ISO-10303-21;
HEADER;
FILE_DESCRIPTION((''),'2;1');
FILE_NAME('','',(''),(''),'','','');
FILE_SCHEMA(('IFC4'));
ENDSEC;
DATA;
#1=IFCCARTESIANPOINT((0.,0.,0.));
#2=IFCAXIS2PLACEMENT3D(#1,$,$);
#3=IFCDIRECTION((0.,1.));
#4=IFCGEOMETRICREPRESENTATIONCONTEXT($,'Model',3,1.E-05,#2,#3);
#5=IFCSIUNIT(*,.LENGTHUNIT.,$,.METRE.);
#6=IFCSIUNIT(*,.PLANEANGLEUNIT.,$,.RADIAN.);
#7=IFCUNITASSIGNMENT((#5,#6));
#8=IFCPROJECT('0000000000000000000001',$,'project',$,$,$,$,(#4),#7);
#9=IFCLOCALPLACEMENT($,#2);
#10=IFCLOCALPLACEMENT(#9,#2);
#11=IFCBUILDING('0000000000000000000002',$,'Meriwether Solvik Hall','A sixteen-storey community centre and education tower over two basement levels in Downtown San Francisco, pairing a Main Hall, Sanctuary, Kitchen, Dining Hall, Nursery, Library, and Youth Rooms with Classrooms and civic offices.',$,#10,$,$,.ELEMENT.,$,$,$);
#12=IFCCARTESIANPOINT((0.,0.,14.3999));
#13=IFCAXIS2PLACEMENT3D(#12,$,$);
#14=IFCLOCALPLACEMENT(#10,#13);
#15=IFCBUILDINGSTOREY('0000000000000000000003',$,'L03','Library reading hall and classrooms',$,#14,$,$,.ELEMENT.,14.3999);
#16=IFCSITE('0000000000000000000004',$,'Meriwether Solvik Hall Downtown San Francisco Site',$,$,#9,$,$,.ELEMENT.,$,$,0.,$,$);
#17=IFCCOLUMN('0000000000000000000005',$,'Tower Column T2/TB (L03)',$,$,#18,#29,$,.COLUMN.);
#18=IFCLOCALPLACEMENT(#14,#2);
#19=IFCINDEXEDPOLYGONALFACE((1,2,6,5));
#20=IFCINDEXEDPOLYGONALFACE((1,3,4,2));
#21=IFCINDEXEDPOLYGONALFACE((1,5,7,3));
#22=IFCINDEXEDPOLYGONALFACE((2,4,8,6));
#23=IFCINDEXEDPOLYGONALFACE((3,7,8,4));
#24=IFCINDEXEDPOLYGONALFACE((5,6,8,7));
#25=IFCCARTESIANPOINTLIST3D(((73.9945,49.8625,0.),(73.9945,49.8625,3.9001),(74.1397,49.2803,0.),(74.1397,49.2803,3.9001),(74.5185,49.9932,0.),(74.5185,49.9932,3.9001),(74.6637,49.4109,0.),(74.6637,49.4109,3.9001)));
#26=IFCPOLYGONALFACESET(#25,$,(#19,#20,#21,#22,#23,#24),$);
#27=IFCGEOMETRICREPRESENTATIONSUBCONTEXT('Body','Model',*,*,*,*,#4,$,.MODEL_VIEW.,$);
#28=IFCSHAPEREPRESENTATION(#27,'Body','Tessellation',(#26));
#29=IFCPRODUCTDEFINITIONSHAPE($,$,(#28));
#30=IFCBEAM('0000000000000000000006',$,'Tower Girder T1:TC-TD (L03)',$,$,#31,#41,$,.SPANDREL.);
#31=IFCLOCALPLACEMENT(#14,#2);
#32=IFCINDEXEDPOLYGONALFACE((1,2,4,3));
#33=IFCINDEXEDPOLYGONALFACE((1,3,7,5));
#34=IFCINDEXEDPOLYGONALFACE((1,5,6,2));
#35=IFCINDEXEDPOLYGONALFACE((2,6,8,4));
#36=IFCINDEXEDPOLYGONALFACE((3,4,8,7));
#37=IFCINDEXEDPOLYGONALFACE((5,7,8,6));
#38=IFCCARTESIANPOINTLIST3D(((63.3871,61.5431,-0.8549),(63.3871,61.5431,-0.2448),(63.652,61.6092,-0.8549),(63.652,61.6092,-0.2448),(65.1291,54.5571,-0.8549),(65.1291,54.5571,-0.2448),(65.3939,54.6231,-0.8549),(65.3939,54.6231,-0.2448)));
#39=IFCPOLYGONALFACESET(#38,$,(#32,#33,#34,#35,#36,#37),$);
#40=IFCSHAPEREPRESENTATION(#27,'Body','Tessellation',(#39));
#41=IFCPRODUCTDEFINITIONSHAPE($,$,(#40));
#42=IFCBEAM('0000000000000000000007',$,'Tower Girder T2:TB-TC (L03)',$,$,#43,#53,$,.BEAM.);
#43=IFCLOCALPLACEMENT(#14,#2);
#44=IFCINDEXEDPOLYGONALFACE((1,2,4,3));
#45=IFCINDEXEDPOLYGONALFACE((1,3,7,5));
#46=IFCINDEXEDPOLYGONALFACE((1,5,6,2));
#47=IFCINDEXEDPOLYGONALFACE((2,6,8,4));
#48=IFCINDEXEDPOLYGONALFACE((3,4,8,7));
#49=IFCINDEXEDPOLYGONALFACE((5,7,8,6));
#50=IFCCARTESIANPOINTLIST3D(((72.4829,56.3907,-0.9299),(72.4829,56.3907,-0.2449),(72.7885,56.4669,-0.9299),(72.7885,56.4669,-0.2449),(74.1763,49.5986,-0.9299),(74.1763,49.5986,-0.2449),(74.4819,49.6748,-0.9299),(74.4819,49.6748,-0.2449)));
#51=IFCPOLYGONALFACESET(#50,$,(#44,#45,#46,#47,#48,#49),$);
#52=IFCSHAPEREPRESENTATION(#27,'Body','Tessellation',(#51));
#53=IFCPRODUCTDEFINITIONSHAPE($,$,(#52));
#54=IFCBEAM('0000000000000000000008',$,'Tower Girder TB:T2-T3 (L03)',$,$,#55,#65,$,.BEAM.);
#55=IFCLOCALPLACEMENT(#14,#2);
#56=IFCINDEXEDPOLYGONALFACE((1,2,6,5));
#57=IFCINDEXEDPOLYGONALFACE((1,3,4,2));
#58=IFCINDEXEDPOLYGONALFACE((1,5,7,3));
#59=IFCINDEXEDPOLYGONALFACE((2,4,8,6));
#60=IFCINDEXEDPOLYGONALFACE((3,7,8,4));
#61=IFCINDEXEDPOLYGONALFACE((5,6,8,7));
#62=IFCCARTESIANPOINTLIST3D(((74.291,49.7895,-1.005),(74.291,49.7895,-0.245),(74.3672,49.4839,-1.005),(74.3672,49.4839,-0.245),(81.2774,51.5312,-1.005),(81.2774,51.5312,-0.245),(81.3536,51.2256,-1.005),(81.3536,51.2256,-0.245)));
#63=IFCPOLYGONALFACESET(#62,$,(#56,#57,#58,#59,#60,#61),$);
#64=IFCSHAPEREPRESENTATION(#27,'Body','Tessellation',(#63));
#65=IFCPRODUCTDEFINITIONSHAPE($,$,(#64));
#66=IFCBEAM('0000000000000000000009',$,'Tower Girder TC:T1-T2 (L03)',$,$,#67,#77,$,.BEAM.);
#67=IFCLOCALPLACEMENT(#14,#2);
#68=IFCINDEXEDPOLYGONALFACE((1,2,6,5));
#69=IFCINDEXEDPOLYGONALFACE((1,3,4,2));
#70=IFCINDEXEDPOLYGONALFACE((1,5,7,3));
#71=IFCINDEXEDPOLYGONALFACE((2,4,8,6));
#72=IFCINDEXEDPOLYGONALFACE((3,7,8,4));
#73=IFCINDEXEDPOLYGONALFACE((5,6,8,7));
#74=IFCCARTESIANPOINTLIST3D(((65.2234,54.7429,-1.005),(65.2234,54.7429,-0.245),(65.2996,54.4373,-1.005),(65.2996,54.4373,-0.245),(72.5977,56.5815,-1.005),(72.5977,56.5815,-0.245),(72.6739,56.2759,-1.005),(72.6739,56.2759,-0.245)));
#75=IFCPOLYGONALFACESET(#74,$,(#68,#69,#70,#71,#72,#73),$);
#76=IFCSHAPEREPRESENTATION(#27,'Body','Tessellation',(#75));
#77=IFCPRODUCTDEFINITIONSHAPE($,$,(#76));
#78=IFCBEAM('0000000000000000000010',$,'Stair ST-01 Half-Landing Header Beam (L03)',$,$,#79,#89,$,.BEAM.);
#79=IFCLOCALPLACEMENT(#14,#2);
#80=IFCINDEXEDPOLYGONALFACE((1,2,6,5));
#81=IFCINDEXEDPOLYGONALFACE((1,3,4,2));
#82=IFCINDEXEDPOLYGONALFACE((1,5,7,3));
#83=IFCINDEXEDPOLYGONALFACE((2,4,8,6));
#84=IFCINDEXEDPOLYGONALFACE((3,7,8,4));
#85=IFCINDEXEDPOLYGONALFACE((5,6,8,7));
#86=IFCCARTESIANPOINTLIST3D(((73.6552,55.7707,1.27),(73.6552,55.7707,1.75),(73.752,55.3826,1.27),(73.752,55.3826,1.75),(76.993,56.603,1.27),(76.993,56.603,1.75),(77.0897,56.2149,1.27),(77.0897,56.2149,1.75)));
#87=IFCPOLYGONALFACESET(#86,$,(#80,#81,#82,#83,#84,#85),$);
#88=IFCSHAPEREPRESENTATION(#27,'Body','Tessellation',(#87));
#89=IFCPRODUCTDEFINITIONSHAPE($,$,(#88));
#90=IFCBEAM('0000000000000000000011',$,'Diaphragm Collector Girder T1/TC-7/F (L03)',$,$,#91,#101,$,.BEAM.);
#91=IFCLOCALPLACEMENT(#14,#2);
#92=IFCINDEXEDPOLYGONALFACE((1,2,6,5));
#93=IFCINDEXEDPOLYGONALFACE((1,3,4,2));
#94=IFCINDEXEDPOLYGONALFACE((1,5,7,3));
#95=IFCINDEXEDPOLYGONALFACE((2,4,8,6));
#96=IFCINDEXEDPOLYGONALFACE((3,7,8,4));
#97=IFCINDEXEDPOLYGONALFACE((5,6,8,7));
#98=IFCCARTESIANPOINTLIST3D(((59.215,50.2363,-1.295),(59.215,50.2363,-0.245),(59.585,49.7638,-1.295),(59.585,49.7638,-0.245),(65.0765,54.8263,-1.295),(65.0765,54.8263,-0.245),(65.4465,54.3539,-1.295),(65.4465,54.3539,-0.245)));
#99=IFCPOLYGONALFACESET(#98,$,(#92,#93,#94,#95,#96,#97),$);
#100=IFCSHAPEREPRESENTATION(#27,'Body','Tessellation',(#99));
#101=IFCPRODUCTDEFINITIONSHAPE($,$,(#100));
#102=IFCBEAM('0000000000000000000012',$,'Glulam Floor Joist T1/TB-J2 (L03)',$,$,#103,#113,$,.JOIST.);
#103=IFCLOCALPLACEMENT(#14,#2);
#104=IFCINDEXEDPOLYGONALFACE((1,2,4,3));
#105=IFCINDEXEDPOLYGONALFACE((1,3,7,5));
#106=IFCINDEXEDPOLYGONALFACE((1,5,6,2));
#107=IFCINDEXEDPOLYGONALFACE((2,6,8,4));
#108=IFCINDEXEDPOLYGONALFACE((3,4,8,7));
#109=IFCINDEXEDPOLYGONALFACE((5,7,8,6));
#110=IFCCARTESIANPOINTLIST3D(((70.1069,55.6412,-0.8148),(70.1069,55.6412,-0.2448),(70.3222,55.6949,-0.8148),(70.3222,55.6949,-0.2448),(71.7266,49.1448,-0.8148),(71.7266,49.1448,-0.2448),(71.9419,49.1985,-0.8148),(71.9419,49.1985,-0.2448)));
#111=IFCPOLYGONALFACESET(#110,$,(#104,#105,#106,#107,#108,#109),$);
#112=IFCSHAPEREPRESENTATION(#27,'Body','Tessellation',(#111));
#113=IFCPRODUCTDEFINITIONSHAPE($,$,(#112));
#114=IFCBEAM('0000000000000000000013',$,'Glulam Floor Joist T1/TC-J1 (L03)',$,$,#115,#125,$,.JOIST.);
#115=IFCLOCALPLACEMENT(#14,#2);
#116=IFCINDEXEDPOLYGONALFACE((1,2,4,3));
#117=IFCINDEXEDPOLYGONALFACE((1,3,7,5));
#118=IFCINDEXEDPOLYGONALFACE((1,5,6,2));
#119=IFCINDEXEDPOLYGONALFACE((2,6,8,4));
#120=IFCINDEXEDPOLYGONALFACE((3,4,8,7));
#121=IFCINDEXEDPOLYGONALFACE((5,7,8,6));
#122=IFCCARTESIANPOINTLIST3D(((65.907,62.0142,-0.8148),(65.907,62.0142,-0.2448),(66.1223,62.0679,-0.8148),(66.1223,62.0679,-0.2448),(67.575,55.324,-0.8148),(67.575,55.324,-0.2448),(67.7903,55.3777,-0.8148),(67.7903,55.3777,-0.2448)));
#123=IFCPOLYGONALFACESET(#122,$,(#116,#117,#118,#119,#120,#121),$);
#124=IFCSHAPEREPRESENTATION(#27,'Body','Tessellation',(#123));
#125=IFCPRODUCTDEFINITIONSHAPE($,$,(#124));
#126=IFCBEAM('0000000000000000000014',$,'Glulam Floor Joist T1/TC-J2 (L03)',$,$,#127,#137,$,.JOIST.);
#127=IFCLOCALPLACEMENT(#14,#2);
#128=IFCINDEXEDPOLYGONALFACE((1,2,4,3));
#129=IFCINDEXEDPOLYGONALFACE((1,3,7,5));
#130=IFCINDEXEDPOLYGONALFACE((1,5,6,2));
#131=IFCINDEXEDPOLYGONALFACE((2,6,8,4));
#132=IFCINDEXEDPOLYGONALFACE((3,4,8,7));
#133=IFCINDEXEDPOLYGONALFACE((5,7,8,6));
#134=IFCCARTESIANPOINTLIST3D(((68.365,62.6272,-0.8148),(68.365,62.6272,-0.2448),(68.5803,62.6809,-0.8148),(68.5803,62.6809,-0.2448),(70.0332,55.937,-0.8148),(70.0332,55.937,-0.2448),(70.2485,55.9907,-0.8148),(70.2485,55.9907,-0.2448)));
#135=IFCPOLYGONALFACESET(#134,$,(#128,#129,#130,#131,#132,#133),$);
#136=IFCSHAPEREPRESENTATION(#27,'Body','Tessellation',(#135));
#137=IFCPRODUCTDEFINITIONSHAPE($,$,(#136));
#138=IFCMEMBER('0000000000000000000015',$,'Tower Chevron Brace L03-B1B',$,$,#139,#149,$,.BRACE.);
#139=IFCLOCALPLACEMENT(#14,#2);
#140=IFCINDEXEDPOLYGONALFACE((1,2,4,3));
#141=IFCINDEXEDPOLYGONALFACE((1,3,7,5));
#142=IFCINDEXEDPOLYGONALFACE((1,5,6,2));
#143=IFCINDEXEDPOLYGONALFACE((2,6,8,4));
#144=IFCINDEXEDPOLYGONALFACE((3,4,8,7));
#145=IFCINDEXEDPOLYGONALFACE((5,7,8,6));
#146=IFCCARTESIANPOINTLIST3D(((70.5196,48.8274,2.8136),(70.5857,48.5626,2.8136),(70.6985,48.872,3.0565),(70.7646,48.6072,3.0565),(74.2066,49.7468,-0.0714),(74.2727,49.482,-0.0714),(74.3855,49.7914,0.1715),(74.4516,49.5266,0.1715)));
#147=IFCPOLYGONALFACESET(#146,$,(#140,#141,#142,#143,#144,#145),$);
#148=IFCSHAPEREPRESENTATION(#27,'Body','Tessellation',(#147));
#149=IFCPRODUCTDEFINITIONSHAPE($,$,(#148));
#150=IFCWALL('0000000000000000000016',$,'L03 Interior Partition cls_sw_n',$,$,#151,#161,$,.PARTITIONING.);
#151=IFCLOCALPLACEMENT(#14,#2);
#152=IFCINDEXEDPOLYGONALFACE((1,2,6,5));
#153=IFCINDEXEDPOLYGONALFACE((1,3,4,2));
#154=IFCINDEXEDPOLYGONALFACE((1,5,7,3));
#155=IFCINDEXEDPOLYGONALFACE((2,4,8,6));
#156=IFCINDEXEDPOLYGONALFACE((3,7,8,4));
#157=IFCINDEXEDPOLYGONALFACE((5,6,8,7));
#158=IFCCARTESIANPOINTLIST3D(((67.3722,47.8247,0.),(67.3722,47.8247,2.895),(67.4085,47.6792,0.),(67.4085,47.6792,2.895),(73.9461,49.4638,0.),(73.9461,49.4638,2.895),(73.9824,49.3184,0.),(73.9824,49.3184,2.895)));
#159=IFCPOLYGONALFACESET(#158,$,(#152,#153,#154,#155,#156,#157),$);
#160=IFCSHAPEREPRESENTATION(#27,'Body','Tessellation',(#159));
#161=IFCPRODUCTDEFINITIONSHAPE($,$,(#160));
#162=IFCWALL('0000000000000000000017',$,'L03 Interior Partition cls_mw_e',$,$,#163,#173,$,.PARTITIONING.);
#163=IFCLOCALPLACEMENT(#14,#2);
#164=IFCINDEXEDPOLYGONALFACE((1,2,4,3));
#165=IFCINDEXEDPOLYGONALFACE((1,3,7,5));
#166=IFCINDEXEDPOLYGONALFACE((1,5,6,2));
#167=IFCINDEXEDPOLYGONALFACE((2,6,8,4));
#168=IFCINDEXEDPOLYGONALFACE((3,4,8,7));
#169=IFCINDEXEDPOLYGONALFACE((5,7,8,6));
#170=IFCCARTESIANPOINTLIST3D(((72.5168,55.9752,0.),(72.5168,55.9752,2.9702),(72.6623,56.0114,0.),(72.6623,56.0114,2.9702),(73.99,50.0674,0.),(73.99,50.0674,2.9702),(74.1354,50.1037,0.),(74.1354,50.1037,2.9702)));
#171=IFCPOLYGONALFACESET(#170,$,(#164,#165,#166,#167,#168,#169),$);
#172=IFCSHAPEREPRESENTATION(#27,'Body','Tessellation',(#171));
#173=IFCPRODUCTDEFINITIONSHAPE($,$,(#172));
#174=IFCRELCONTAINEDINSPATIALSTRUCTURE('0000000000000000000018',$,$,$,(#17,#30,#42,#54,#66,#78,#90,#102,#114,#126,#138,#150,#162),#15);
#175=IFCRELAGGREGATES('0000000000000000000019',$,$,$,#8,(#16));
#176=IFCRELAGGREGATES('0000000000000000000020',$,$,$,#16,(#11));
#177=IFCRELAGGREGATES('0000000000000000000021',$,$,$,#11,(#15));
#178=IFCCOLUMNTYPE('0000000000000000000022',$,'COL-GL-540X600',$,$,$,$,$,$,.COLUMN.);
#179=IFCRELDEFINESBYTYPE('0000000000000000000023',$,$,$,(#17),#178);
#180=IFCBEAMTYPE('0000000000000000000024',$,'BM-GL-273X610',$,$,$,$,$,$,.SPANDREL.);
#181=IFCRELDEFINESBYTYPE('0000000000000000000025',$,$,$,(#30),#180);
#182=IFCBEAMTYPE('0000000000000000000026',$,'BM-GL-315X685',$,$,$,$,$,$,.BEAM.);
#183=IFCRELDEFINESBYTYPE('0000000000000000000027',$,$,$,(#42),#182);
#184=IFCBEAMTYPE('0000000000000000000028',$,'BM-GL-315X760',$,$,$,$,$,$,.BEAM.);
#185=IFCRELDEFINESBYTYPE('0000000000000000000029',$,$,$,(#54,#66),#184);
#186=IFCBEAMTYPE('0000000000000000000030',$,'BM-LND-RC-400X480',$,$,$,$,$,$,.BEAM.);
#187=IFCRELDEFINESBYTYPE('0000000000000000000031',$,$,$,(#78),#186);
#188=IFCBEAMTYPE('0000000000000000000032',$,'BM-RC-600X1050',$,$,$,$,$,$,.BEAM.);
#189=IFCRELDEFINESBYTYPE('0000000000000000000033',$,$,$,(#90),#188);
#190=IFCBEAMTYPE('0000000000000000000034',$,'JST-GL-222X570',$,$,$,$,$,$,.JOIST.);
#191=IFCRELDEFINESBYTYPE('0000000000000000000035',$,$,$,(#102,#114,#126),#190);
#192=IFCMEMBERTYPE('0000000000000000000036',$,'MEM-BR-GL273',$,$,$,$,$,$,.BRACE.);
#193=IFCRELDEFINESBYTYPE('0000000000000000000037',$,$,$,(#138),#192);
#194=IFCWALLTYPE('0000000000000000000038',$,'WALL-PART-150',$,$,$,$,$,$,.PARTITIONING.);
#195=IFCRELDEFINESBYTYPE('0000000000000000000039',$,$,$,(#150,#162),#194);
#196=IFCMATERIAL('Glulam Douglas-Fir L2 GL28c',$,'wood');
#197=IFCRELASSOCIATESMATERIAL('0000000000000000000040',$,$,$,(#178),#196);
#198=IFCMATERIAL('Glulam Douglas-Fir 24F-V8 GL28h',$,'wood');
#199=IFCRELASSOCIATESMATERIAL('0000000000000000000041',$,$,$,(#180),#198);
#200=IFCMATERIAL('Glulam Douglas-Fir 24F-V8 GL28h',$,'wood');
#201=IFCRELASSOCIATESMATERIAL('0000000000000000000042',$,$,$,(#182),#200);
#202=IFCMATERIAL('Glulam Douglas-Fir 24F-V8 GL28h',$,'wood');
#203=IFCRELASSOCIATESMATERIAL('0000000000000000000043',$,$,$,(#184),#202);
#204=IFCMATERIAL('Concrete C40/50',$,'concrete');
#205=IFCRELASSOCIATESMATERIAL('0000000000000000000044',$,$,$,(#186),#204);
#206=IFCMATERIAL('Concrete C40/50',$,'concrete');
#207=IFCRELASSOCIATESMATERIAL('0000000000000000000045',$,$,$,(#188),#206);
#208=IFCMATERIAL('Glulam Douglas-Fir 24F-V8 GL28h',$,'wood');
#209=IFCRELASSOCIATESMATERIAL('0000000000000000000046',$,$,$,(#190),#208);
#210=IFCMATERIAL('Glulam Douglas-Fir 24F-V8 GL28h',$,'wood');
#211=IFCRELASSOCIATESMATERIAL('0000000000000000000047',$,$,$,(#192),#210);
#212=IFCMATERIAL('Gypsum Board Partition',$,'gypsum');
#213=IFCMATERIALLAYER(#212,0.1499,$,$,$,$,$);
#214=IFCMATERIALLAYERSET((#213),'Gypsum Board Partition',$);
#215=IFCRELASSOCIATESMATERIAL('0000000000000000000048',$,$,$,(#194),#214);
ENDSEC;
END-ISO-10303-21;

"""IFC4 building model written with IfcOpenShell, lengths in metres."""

from ifc_helpers import new_model, si_unit, direction, frame, frame_2d, origin, origin_2d, place, context, subcontext, project, spatial, rectangle, extrude, material, layer, layer_set, material_profile, profile_set, type_object, element, save


model = new_model("IFC4")

# Units and contexts
model_context = context("Model", 3, precision=1e-05, world=origin(), true_north=direction((0.0, 1.0)))
body_context = subcontext(model_context, "Body", "Model", "MODEL_VIEW")
ifc_project = project(units=[si_unit("LENGTHUNIT", "METRE"), si_unit("PLANEANGLEUNIT", "RADIAN")], contexts=[model_context])

# Site, building, storey
site_placement = place(None, origin())
site = spatial("IfcSite", under=ifc_project, at=site_placement, Name="Meriwether Solvik Hall Downtown San Francisco Site", CompositionType="ELEMENT", RefElevation=0.0)
building_placement = place(site_placement, origin())
building = spatial("IfcBuilding", under=site, at=building_placement, Name="Meriwether Solvik Hall", Description="A sixteen-storey community centre and education tower over two basement levels in Downtown San Francisco, pairing a Main Hall, Sanctuary, Kitchen, Dining Hall, Nursery, Library, and Youth Rooms with Classrooms and civic offices.", CompositionType="ELEMENT")
storey_placement = place(building_placement, frame((0.0, 0.0, 14.3999)))
storey = spatial("IfcBuildingStorey", under=building, at=storey_placement, Name="L03", Description="Library reading hall and classrooms", CompositionType="ELEMENT", Elevation=14.3999)

# Column
ifc_material_1 = material(Name="Glulam Douglas-Fir L2 GL28c", Category="wood")
ifc_material_profile_1 = material_profile(ifc_material_1, rectangle(XDim=0.54, YDim=0.6001, at=origin_2d()), Name="GLC-540X600")
ifc_profile_set_1 = profile_set([ifc_material_profile_1], Name="Glulam Douglas-Fir L2 GL28c")
column_type = type_object("IfcColumnType", Name="COL-GL-540X600", PredefinedType="COLUMN", material=ifc_profile_set_1)
column_placement = place(storey_placement, frame((74.3291, 49.6367, 0.0), z_axis=(0.0, 0.0, 1.0), x_axis=(0.970296, 0.241922, 0.0)))
element("IfcColumn", 1, at=column_placement, inside=storey, type_object=column_type, Name="Tower Column T2/TB (L03)", PredefinedType="COLUMN", context=body_context, shape_type="SweptSolid", body=[
    extrude(rectangle(XDim=0.54, YDim=0.6001, at=origin_2d()), origin(), (0.0, 0.0, 1.0), 3.9001),
])

# Beams
ifc_material_2 = material(Name="Glulam Douglas-Fir 24F-V8 GL28h", Category="wood")
ifc_material_profile_2 = material_profile(ifc_material_2, rectangle(XDim=0.2729, YDim=0.6101, at=origin_2d()), Name="GLB-273X610")
ifc_profile_set_2 = profile_set([ifc_material_profile_2], Name="Glulam Douglas-Fir 24F-V8 GL28h")
beam_type_1 = type_object("IfcBeamType", Name="BM-GL-273X610", PredefinedType="SPANDREL", material=ifc_profile_set_2)
beam_1_placement = place(storey_placement, frame((65.2615, 54.5901, -0.5498), z_axis=(-0.241937, 0.970292, 0.0), x_axis=(-0.970292, -0.241937, 0.0)))
element("IfcBeam", 2, at=beam_1_placement, inside=storey, type_object=beam_type_1, Name="Tower Girder T1:TC-TD (L03)", PredefinedType="SPANDREL", context=body_context, shape_type="SweptSolid", body=[
    extrude(rectangle(XDim=0.2729, YDim=0.6101, at=origin_2d()), origin(), (0.0, 0.0, 1.0), 7.2),
])
ifc_material_3 = material(Name="Glulam Douglas-Fir 24F-V8 GL28h", Category="wood")
ifc_material_profile_3 = material_profile(ifc_material_3, rectangle(XDim=0.3149, YDim=0.6851, at=origin_2d()), Name="GLB-315X685")
ifc_profile_set_3 = profile_set([ifc_material_profile_3], Name="Glulam Douglas-Fir 24F-V8 GL28h")
beam_type_2 = type_object("IfcBeamType", Name="BM-GL-315X685", PredefinedType="BEAM", material=ifc_profile_set_3)
beam_2_placement = place(storey_placement, frame((74.3291, 49.6367, -0.5874), z_axis=(-0.241912, 0.970298, 0.0), x_axis=(-0.970298, -0.241912, 0.0)))
element("IfcBeam", 3, at=beam_2_placement, inside=storey, type_object=beam_type_2, Name="Tower Girder T2:TB-TC (L03)", PredefinedType="BEAM", context=body_context, shape_type="SweptSolid", body=[
    extrude(rectangle(XDim=0.3149, YDim=0.6851, at=origin_2d()), origin(), (0.0, 0.0, 1.0), 7.0),
])
ifc_material_4 = material(Name="Glulam Douglas-Fir 24F-V8 GL28h", Category="wood")
ifc_material_profile_4 = material_profile(ifc_material_4, rectangle(XDim=0.3149, YDim=0.76, at=origin_2d()), Name="GLB-315X760")
ifc_profile_set_4 = profile_set([ifc_material_profile_4], Name="Glulam Douglas-Fir 24F-V8 GL28h")
beam_type_3 = type_object("IfcBeamType", Name="BM-GL-315X760", PredefinedType="BEAM", material=ifc_profile_set_4)
beam_3_placement = place(storey_placement, frame((74.3291, 49.6367, -0.625), z_axis=(0.970302, 0.241897, 0.0), x_axis=(-0.241897, 0.970302, 0.0)))
element("IfcBeam", 4, at=beam_3_placement, inside=storey, type_object=beam_type_3, Name="Tower Girder TB:T2-T3 (L03)", PredefinedType="BEAM", context=body_context, shape_type="SweptSolid", body=[
    extrude(rectangle(XDim=0.3149, YDim=0.76, at=origin_2d()), origin(), (0.0, 0.0, 1.0), 7.2002),
])
beam_4_placement = place(storey_placement, frame((65.2615, 54.5901, -0.625), z_axis=(0.970295, 0.241923, 0.0), x_axis=(-0.241923, 0.970295, 0.0)))
element("IfcBeam", 5, at=beam_4_placement, inside=storey, type_object=beam_type_3, Name="Tower Girder TC:T1-T2 (L03)", PredefinedType="BEAM", context=body_context, shape_type="SweptSolid", body=[
    extrude(rectangle(XDim=0.3149, YDim=0.76, at=origin_2d()), origin(), (0.0, 0.0, 1.0), 7.6001),
])
ifc_material_5 = material(Name="Concrete C40/50", Category="concrete")
ifc_material_profile_5 = material_profile(ifc_material_5, rectangle(XDim=0.3999, YDim=0.48, at=origin_2d()), Name="RCB-400X480")
ifc_profile_set_5 = profile_set([ifc_material_profile_5], Name="Concrete C40/50")
beam_type_4 = type_object("IfcBeamType", Name="BM-LND-RC-400X480", PredefinedType="BEAM", material=ifc_profile_set_5)
beam_5_placement = place(storey_placement, frame((73.7036, 55.5767, 1.51), z_axis=(0.970288, 0.241951, 0.0), x_axis=(-0.241951, 0.970288, 0.0)))
element("IfcBeam", 6, at=beam_5_placement, inside=storey, type_object=beam_type_4, Name="Stair ST-01 Half-Landing Header Beam (L03)", PredefinedType="BEAM", context=body_context, shape_type="SweptSolid", body=[
    extrude(rectangle(XDim=0.3999, YDim=0.48, at=origin_2d()), origin(), (0.0, 0.0, 1.0), 3.4399),
])
ifc_material_6 = material(Name="Concrete C40/50", Category="concrete")
ifc_material_profile_6 = material_profile(ifc_material_6, rectangle(XDim=0.6001, YDim=1.05, at=origin_2d()), Name="RCB-600X1050")
ifc_profile_set_6 = profile_set([ifc_material_profile_6], Name="Concrete C40/50")
beam_type_5 = type_object("IfcBeamType", Name="BM-RC-600X1050", PredefinedType="BEAM", material=ifc_profile_set_6)
beam_6_placement = place(storey_placement, frame((65.2615, 54.5901, -0.77), z_axis=(-0.787324, -0.616539, 0.0), x_axis=(0.616539, -0.787324, 0.0)))
element("IfcBeam", 7, at=beam_6_placement, inside=storey, type_object=beam_type_5, Name="Diaphragm Collector Girder T1/TC-7/F (L03)", PredefinedType="BEAM", context=body_context, shape_type="SweptSolid", body=[
    extrude(rectangle(XDim=0.6001, YDim=1.05, at=origin_2d()), origin(), (0.0, 0.0, 1.0), 7.4448),
])
ifc_material_7 = material(Name="Glulam Douglas-Fir 24F-V8 GL28h", Category="wood")
ifc_material_profile_7 = material_profile(ifc_material_7, rectangle(XDim=0.2219, YDim=0.5701, at=origin_2d()), Name="GLJ-222X570")
ifc_profile_set_7 = profile_set([ifc_material_profile_7], Name="Glulam Douglas-Fir 24F-V8 GL28h")
beam_type_6 = type_object("IfcBeamType", Name="JST-GL-222X570", PredefinedType="JOIST", material=ifc_profile_set_7)
beam_7_placement = place(storey_placement, frame((71.8342, 49.1716, -0.5298), z_axis=(-0.241909, 0.970299, 0.0), x_axis=(-0.970299, -0.241909, 0.0)))
element("IfcBeam", 8, at=beam_7_placement, inside=storey, type_object=beam_type_6, Name="Glulam Floor Joist T1/TB-J2 (L03)", PredefinedType="JOIST", context=body_context, shape_type="SweptSolid", body=[
    extrude(rectangle(XDim=0.2219, YDim=0.5701, at=origin_2d()), origin(), (0.0, 0.0, 1.0), 6.6953),
])
for number, where, z_axis, x_axis, name in (
    (9, (67.6826, 55.3508, -0.5298), (-0.241911, 0.970299, 0.0), (-0.970299, -0.241911, 0.0), "Glulam Floor Joist T1/TC-J1 (L03)"),
    (10, (70.1409, 55.9639, -0.5298), (-0.241944, 0.97029, 0.0), (-0.97029, -0.241944, 0.0), "Glulam Floor Joist T1/TC-J2 (L03)"),
):
    element("IfcBeam", number, at=place(storey_placement, frame(where, z_axis=z_axis, x_axis=x_axis)), inside=storey, type_object=beam_type_6, Name=name, PredefinedType="JOIST", context=body_context, shape_type="SweptSolid", body=[
        extrude(rectangle(XDim=0.2219, YDim=0.5701, at=origin_2d()), origin(), (0.0, 0.0, 1.0), 6.895),
    ])

# Member
ifc_material_8 = material(Name="Glulam Douglas-Fir 24F-V8 GL28h", Category="wood")
ifc_material_profile_8 = material_profile(ifc_material_8, rectangle(XDim=0.2729, YDim=0.3049, at=origin_2d()), Name="GLM-273X305")
ifc_profile_set_8 = profile_set([ifc_material_profile_8], Name="Glulam Douglas-Fir 24F-V8 GL28h")
member_type = type_object("IfcMemberType", Name="MEM-BR-GL273", PredefinedType="BRACE", material=ifc_profile_set_8)
member_placement = place(storey_placement, frame((74.3291, 49.6367, 0.05), z_axis=(-0.772792, -0.192712, 0.604694), x_axis=(0.241961, -0.970286, 0.0)))
element("IfcMember", 11, at=member_placement, inside=storey, type_object=member_type, Name="Tower Chevron Brace L03-B1B", PredefinedType="BRACE", context=body_context, shape_type="SweptSolid", body=[
    extrude(rectangle(XDim=0.2729, YDim=0.3049, at=origin_2d()), origin(), (0.0, 0.0, 1.0), 4.771),
])

# Walls
ifc_material_9 = material(Name="Gypsum Board Partition", Category="gypsum")
ifc_layer_1 = layer(ifc_material_9, 0.1499)
ifc_layer_set_1 = layer_set([ifc_layer_1], Name="Gypsum Board Partition")
wall_type_1 = type_object("IfcWallType", Name="WALL-PART-150", PredefinedType="PARTITIONING", material=ifc_layer_set_1)
wall_1_placement = place(storey_placement, frame((73.9644, 49.3911, 0.0), z_axis=(0.0, 0.0, 1.0), x_axis=(-0.970293, -0.241934, 0.0)))
element("IfcWall", 12, at=wall_1_placement, inside=storey, type_object=wall_type_1, Name="L03 Interior Partition cls_sw_n", PredefinedType="PARTITIONING", context=body_context, shape_type="SweptSolid", body=[
    extrude(rectangle(XDim=6.7751, YDim=0.1499, at=frame_2d((3.3877, 0.0))), origin(), (0.0, 0.0, 1.0), 2.895),
])
wall_2_placement = place(storey_placement, frame((74.0627, 50.0854, 0.0), z_axis=(0.0, 0.0, 1.0), x_axis=(-0.241951, 0.970289, 0.0)))
element("IfcWall", 13, at=wall_2_placement, inside=storey, type_object=wall_type_1, Name="L03 Interior Partition cls_mw_e", PredefinedType="PARTITIONING", context=body_context, shape_type="SweptSolid", body=[
    extrude(rectangle(XDim=6.0886, YDim=0.1499, at=frame_2d((3.0444, 0.0))), origin(), (0.0, 0.0, 1.0), 2.9702),
])

save(model, "model.ifc")
